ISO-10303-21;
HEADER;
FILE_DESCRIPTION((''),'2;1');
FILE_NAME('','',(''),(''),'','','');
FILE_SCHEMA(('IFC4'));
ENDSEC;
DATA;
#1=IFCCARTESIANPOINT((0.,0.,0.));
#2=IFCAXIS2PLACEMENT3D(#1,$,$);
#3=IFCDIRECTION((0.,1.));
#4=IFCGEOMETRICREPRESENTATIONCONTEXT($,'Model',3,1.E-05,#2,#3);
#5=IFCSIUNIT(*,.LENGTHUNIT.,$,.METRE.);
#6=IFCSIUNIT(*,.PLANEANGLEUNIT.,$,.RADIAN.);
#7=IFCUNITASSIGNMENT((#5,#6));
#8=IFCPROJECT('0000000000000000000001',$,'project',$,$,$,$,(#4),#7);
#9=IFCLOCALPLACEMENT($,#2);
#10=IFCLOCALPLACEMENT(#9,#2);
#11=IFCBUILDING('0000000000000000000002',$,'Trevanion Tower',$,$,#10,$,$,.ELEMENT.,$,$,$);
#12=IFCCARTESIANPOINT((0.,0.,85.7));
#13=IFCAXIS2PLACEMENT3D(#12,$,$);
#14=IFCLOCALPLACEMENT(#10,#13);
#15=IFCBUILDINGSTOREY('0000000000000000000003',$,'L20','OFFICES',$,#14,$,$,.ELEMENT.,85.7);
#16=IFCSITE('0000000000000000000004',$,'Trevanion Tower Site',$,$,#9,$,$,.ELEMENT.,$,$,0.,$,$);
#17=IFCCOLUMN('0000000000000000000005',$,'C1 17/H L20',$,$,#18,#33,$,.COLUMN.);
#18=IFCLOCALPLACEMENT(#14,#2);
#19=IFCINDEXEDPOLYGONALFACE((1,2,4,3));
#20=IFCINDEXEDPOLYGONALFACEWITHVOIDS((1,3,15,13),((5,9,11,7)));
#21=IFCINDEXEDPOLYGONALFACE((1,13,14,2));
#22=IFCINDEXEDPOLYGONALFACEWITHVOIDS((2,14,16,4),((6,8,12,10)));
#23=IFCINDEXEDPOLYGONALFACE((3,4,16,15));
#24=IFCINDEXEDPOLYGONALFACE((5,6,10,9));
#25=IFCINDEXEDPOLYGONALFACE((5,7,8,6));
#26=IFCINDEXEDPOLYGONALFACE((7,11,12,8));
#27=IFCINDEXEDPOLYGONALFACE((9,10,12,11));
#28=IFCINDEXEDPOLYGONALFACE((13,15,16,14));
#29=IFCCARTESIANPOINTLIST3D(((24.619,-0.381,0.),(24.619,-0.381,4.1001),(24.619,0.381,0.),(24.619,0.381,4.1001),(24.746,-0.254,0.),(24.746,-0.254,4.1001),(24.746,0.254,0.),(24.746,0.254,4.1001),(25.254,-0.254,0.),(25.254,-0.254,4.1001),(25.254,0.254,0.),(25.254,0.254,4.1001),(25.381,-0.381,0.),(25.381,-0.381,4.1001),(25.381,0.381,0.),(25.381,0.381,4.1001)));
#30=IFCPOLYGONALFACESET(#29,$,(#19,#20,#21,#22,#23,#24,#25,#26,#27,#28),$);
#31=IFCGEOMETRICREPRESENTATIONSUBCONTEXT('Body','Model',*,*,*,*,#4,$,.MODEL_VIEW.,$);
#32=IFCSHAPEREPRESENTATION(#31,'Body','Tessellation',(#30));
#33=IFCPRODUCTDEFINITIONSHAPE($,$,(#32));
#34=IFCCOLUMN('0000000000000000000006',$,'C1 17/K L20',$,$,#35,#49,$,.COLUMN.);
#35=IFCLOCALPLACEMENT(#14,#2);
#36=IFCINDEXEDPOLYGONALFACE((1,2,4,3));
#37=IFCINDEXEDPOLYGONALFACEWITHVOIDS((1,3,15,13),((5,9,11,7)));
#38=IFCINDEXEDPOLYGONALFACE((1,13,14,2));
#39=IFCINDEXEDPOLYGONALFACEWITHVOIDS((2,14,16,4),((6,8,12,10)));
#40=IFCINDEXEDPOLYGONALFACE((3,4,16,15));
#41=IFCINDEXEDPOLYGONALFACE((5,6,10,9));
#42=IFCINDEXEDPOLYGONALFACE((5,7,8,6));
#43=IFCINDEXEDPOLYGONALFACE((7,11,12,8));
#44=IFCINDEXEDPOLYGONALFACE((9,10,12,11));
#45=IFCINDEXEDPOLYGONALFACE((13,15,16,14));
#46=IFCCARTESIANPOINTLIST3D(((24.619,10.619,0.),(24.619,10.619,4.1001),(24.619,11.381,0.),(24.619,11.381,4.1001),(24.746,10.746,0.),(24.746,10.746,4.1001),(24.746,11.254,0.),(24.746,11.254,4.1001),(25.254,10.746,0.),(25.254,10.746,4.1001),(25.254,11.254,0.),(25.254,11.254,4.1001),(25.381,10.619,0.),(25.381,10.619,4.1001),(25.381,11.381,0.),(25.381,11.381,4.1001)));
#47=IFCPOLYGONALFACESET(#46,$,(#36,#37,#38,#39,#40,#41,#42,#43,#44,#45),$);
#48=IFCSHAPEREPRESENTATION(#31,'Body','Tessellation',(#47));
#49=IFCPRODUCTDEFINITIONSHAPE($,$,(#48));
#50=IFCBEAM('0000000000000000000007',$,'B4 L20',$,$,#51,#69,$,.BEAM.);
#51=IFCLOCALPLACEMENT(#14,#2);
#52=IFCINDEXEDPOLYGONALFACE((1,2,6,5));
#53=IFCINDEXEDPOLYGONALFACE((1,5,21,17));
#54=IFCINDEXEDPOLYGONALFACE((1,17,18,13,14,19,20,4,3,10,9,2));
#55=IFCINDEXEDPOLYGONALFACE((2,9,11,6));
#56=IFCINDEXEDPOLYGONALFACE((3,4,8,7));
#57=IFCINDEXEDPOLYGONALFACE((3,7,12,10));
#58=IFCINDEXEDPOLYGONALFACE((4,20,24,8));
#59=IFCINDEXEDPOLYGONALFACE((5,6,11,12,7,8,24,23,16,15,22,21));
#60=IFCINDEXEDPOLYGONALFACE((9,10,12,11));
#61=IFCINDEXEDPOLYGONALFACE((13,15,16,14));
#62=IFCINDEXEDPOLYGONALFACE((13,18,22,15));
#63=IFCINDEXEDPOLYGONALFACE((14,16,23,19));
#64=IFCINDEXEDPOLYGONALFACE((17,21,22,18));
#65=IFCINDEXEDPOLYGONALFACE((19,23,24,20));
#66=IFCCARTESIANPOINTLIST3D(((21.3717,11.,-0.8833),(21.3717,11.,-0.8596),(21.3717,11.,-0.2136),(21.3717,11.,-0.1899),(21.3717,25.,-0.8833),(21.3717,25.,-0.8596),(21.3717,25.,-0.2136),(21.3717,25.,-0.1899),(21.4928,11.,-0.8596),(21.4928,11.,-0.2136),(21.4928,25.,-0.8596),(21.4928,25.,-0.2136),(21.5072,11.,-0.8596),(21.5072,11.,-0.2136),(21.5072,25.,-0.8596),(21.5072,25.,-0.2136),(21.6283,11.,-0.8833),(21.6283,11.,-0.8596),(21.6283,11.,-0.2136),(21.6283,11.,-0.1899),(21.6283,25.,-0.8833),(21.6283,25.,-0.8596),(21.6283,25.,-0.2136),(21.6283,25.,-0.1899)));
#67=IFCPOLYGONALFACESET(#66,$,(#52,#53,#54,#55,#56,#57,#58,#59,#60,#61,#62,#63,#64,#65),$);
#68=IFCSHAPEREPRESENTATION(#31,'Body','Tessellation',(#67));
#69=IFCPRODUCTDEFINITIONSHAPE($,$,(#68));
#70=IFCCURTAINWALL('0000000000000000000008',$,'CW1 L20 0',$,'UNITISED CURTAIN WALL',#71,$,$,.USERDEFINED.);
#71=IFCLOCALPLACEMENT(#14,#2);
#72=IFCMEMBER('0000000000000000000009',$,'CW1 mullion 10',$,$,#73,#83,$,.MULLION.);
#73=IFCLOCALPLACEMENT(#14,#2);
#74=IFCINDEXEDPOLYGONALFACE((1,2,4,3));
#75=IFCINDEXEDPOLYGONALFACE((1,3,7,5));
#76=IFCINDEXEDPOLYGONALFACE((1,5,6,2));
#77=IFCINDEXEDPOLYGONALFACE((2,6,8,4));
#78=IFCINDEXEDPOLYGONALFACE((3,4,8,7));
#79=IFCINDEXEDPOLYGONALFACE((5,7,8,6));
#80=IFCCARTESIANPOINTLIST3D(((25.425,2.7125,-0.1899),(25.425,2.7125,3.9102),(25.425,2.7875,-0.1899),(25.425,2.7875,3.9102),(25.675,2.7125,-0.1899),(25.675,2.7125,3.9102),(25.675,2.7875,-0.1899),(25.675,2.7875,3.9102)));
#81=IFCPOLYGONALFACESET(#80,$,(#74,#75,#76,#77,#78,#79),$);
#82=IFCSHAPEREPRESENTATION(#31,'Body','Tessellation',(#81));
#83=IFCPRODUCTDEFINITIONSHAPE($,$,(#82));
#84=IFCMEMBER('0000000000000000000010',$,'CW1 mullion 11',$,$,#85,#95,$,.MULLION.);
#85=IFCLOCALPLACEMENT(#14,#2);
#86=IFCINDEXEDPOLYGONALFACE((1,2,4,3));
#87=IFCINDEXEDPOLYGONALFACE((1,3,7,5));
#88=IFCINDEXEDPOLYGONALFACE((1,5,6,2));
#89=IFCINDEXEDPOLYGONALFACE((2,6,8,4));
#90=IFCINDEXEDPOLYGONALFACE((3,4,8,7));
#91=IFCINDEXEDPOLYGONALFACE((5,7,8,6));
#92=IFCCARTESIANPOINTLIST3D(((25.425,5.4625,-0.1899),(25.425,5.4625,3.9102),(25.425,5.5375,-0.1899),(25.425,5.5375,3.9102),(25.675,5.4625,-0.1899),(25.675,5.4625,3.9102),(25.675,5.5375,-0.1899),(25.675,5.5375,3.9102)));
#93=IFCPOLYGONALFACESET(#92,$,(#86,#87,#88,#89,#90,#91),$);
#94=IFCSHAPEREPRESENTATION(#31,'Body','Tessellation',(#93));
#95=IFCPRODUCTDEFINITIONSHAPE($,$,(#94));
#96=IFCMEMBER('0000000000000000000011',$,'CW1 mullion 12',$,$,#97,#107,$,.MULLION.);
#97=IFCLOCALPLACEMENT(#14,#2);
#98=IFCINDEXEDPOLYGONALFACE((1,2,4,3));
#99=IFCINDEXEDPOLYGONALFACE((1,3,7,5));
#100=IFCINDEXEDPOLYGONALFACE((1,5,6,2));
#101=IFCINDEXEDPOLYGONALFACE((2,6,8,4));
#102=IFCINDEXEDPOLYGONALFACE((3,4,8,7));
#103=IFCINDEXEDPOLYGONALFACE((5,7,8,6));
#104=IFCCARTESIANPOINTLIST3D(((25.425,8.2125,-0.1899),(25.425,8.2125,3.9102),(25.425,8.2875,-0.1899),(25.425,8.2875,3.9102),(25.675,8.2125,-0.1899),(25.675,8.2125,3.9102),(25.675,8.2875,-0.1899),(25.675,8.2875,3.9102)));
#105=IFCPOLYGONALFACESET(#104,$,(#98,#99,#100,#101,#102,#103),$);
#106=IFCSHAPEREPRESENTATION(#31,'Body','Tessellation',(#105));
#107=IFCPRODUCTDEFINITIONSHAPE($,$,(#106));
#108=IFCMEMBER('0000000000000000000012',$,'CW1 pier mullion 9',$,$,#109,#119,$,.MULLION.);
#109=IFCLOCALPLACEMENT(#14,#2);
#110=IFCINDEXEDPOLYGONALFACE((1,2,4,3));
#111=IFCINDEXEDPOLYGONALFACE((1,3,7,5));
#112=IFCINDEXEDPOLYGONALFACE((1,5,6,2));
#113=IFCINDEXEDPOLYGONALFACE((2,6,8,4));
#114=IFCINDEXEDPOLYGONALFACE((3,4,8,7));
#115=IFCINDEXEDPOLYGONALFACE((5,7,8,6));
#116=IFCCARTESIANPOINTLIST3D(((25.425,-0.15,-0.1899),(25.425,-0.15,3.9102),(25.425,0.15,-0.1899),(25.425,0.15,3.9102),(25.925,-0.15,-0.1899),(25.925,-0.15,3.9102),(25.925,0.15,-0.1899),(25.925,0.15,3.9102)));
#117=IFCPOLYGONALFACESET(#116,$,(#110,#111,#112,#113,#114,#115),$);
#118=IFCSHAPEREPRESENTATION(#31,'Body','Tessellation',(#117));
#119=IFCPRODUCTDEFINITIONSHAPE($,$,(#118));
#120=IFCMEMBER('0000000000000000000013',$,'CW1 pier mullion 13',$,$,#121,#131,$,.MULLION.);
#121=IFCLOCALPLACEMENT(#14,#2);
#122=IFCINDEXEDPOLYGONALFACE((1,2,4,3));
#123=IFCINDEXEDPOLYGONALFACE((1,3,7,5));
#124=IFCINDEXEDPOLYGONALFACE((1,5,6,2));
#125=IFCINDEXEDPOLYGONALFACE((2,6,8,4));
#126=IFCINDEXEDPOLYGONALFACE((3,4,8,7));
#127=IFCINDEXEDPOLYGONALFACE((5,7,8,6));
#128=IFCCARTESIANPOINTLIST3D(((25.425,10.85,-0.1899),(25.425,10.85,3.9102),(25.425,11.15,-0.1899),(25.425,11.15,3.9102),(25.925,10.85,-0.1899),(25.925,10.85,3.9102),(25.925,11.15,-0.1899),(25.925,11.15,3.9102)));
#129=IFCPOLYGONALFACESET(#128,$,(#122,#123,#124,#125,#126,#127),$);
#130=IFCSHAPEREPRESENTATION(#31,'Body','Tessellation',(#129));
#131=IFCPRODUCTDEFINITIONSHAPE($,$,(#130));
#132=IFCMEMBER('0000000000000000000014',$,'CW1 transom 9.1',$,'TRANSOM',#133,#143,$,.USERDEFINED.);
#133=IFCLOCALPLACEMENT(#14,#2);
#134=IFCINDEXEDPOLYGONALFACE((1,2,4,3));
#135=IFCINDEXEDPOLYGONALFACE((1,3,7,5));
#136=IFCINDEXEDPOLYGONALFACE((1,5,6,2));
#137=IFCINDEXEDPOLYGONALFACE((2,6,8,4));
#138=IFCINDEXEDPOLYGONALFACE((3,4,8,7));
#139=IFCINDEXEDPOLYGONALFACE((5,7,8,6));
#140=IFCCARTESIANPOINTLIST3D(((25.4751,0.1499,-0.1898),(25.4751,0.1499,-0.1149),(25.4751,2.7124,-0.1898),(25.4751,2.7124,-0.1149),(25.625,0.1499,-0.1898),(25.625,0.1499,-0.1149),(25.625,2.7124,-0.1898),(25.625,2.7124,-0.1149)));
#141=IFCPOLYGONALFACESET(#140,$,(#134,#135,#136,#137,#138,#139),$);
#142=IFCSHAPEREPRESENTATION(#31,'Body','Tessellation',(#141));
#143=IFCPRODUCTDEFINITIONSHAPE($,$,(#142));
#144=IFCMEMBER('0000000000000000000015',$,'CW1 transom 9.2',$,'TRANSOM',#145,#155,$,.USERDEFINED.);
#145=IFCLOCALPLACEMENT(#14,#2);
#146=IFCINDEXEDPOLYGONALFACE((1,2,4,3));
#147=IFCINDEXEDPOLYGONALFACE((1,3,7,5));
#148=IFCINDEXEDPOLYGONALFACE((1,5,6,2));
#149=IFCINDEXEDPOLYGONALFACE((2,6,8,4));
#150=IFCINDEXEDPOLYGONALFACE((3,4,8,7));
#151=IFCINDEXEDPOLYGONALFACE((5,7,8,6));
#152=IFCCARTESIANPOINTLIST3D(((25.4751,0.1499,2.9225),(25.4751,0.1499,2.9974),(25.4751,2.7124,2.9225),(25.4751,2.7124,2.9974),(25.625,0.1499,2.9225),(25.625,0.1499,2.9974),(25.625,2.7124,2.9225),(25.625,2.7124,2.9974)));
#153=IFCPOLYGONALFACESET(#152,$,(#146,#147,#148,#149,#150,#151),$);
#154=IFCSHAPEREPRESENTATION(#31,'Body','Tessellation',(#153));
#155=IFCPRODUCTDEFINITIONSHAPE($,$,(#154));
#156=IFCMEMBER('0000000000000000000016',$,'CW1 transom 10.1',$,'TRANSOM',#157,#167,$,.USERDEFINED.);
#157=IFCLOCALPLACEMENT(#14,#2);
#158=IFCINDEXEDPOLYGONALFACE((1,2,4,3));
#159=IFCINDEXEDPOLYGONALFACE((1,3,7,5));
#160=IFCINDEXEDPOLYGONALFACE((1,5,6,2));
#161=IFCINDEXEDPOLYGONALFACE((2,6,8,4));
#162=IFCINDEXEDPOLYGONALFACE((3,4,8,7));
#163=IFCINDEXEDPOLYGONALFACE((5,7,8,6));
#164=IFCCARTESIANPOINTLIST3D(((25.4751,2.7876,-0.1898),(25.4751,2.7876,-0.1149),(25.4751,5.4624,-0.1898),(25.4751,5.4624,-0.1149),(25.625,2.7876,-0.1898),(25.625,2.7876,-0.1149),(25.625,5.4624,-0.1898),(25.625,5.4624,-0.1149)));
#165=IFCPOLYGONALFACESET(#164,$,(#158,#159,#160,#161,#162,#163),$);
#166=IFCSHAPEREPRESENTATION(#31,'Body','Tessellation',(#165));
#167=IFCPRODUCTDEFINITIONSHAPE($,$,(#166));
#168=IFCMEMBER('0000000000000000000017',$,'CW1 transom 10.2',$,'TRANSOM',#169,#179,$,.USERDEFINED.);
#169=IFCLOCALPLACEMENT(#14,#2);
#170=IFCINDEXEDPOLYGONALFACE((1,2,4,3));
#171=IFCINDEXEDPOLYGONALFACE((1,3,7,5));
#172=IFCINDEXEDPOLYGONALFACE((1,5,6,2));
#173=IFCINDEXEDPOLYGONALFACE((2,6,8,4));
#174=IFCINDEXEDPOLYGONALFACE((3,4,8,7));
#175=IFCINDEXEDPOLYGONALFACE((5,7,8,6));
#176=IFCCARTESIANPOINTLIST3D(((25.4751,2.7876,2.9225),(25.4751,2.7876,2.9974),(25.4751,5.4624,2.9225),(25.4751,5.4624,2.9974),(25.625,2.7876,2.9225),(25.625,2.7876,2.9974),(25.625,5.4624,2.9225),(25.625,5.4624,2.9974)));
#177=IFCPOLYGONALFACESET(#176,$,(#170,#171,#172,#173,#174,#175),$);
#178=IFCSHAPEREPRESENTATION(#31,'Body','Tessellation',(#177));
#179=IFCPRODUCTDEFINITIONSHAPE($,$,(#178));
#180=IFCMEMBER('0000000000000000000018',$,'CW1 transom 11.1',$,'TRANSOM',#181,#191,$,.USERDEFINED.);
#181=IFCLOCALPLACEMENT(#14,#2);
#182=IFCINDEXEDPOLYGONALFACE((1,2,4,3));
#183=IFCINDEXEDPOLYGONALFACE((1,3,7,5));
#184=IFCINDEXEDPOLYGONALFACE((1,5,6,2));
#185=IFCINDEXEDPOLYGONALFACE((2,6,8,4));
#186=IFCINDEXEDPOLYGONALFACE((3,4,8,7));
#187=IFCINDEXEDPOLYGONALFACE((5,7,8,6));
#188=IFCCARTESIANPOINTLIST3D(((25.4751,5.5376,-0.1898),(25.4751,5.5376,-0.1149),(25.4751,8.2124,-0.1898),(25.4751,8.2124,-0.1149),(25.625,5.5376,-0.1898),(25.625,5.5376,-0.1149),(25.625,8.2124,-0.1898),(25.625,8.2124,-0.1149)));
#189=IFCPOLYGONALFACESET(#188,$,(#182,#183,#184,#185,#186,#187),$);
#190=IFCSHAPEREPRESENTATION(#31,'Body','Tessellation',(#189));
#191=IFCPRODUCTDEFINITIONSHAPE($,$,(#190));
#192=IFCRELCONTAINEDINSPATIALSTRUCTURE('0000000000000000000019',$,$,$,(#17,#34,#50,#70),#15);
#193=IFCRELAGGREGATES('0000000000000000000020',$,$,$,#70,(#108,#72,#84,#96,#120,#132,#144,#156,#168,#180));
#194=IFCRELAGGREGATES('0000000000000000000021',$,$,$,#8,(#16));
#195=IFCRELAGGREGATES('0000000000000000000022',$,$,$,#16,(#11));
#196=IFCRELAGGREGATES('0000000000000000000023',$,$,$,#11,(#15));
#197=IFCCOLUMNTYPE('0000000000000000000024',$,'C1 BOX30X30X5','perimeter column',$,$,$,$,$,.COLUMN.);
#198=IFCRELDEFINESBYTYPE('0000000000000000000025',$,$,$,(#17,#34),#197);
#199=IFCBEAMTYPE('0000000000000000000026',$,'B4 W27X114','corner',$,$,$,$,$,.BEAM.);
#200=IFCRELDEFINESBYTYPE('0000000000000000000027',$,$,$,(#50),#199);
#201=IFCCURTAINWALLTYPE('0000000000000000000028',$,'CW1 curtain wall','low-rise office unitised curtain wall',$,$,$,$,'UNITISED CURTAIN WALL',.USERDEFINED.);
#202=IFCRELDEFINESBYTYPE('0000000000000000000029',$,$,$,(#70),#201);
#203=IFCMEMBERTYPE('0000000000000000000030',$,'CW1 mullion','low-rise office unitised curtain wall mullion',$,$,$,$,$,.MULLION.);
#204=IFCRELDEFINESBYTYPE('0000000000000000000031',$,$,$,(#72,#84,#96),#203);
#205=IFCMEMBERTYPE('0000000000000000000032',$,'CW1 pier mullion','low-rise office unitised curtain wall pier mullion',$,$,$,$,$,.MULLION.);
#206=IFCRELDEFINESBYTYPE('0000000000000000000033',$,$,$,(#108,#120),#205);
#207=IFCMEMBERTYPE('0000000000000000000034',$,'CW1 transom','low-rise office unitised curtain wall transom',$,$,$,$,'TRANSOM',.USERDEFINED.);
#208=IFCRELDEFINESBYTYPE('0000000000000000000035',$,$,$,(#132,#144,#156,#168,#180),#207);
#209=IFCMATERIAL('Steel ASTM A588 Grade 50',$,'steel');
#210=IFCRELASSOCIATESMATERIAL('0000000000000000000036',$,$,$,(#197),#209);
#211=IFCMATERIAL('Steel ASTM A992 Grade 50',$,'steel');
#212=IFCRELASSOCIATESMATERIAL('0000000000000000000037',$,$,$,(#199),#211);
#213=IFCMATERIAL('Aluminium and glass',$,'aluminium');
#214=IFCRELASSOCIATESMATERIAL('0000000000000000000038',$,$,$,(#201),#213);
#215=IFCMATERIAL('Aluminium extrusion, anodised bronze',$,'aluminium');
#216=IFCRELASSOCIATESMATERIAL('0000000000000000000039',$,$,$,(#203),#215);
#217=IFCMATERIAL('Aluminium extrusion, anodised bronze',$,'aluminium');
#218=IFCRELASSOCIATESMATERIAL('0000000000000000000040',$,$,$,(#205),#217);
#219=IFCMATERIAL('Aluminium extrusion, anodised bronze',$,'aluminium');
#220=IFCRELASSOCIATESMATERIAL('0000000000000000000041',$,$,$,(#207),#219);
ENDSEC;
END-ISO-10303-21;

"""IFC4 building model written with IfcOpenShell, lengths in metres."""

from ifc_helpers import new_model, si_unit, direction, frame, origin, origin_2d, place, context, subcontext, project, spatial, rectangle, hollow_rectangle, i_section, extrude, material, material_profile, profile_set, type_object, element, aggregate, save


model = new_model("IFC4")

# Units and contexts
model_context = context("Model", 3, precision=1e-05, world=origin(), true_north=direction((0.0, 1.0)))
body_context = subcontext(model_context, "Body", "Model", "MODEL_VIEW")
ifc_project = project(units=[si_unit("LENGTHUNIT", "METRE"), si_unit("PLANEANGLEUNIT", "RADIAN")], contexts=[model_context])

# Site, building, storey
site_placement = place(None, origin())
site = spatial("IfcSite", under=ifc_project, at=site_placement, Name="Trevanion Tower Site", CompositionType="ELEMENT", RefElevation=0.0)
building_placement = place(site_placement, origin())
building = spatial("IfcBuilding", under=site, at=building_placement, Name="Trevanion Tower", CompositionType="ELEMENT")
storey_placement = place(building_placement, frame((0.0, 0.0, 85.7)))
storey = spatial("IfcBuildingStorey", under=building, at=storey_placement, Name="L20", Description="OFFICES", CompositionType="ELEMENT", Elevation=85.7)

# Columns
ifc_material_1 = material(Name="Steel ASTM A588 Grade 50", Category="steel")
ifc_material_profile_1 = material_profile(ifc_material_1, hollow_rectangle(XDim=0.762, YDim=0.762, WallThickness=0.127, at=origin_2d()), Name="BOX30X30X5")
ifc_profile_set_1 = profile_set([ifc_material_profile_1], Name="Steel ASTM A588 Grade 50")
column_type = type_object("IfcColumnType", Name="C1 BOX30X30X5", Description="perimeter column", PredefinedType="COLUMN", material=ifc_profile_set_1)
for number, where, z_axis, x_axis, name in (
    (1, (25.0, 0.0, 0.0), (0.0, 0.0, 1.0), (0.0, 1.0, 0.0), "C1 17/H L20"),
    (2, (25.0, 11.0, 0.0), (0.0, 0.0, 1.0), (0.0, 1.0, 0.0), "C1 17/K L20"),
):
    element("IfcColumn", number, at=place(storey_placement, frame(where, z_axis=z_axis, x_axis=x_axis)), inside=storey, type_object=column_type, Name=name, PredefinedType="COLUMN", context=body_context, shape_type="SweptSolid", body=[
        extrude(hollow_rectangle(XDim=0.762, YDim=0.762, WallThickness=0.127, at=origin_2d()), origin(), (0.0, 0.0, 1.0), 4.1001),
    ])

# Beam
ifc_material_2 = material(Name="Steel ASTM A992 Grade 50", Category="steel")
ifc_material_profile_2 = material_profile(ifc_material_2, i_section(OverallWidth=0.2566, OverallDepth=0.6934, WebThickness=0.0144, FlangeThickness=0.0237, at=origin_2d()), Name="W27X114")
ifc_profile_set_2 = profile_set([ifc_material_profile_2], Name="Steel ASTM A992 Grade 50")
beam_type_1 = type_object("IfcBeamType", Name="B4 W27X114", Description="corner", PredefinedType="BEAM", material=ifc_profile_set_2)
beam_1_placement = place(storey_placement, frame((21.5, 11.0, -0.5366), z_axis=(0.0, 1.0, 0.0), x_axis=(-1.0, 0.0, 0.0)))
element("IfcBeam", 3, at=beam_1_placement, inside=storey, type_object=beam_type_1, Name="B4 L20", PredefinedType="BEAM", context=body_context, shape_type="SweptSolid", body=[
    extrude(i_section(OverallWidth=0.2566, OverallDepth=0.6934, WebThickness=0.0144, FlangeThickness=0.0237, at=origin_2d()), origin(), (0.0, 0.0, 1.0), 14.0),
])

# Curtain wall, members
ifc_material_3 = material(Name="Aluminium and glass", Category="aluminium")
curtain_wall_type = type_object("IfcCurtainWallType", Name="CW1 curtain wall", Description="low-rise office unitised curtain wall", ElementType="UNITISED CURTAIN WALL", PredefinedType="USERDEFINED", material=ifc_material_3)
curtain_wall_placement = place(storey_placement, origin())
curtain_wall = element("IfcCurtainWall", 4, at=curtain_wall_placement, inside=storey, type_object=curtain_wall_type, Name="CW1 L20 0", ObjectType="UNITISED CURTAIN WALL", PredefinedType="USERDEFINED")
ifc_material_4 = material(Name="Aluminium extrusion, anodised bronze", Category="aluminium")
ifc_material_profile_3 = material_profile(ifc_material_4, rectangle(XDim=0.075, YDim=0.25, at=origin_2d()), Name="CW1 mullion")
ifc_profile_set_3 = profile_set([ifc_material_profile_3], Name="Aluminium extrusion, anodised bronze")
member_type_1 = type_object("IfcMemberType", Name="CW1 mullion", Description="low-rise office unitised curtain wall mullion", PredefinedType="MULLION", material=ifc_profile_set_3)
member_1_placement = place(storey_placement, frame((25.55, 2.75, -0.1899), z_axis=(0.0, 0.0, 1.0), x_axis=(0.0, 1.0, 0.0)))
member_1 = element("IfcMember", 5, at=member_1_placement, type_object=member_type_1, Name="CW1 mullion 10", PredefinedType="MULLION", context=body_context, shape_type="SweptSolid", body=[
    extrude(rectangle(XDim=0.075, YDim=0.25, at=origin_2d()), origin(), (0.0, 0.0, 1.0), 4.1001),
])
member_2_placement = place(storey_placement, frame((25.55, 5.5, -0.1899), z_axis=(0.0, 0.0, 1.0), x_axis=(0.0, 1.0, 0.0)))
member_2 = element("IfcMember", 6, at=member_2_placement, type_object=member_type_1, Name="CW1 mullion 11", PredefinedType="MULLION", context=body_context, shape_type="SweptSolid", body=[
    extrude(rectangle(XDim=0.075, YDim=0.25, at=origin_2d()), origin(), (0.0, 0.0, 1.0), 4.1001),
])
member_3_placement = place(storey_placement, frame((25.55, 8.25, -0.1899), z_axis=(0.0, 0.0, 1.0), x_axis=(0.0, 1.0, 0.0)))
member_3 = element("IfcMember", 7, at=member_3_placement, type_object=member_type_1, Name="CW1 mullion 12", PredefinedType="MULLION", context=body_context, shape_type="SweptSolid", body=[
    extrude(rectangle(XDim=0.075, YDim=0.25, at=origin_2d()), origin(), (0.0, 0.0, 1.0), 4.1001),
])
ifc_material_5 = material(Name="Aluminium extrusion, anodised bronze", Category="aluminium")
ifc_material_profile_4 = material_profile(ifc_material_5, rectangle(XDim=0.3, YDim=0.5, at=origin_2d()), Name="CW1 pier mullion")
ifc_profile_set_4 = profile_set([ifc_material_profile_4], Name="Aluminium extrusion, anodised bronze")
member_type_2 = type_object("IfcMemberType", Name="CW1 pier mullion", Description="low-rise office unitised curtain wall pier mullion", PredefinedType="MULLION", material=ifc_profile_set_4)
member_4_placement = place(storey_placement, frame((25.675, 0.0, -0.1899), z_axis=(0.0, 0.0, 1.0), x_axis=(0.0, 1.0, 0.0)))
member_4 = element("IfcMember", 8, at=member_4_placement, type_object=member_type_2, Name="CW1 pier mullion 9", PredefinedType="MULLION", context=body_context, shape_type="SweptSolid", body=[
    extrude(rectangle(XDim=0.3, YDim=0.5, at=origin_2d()), origin(), (0.0, 0.0, 1.0), 4.1001),
])
member_5_placement = place(storey_placement, frame((25.675, 11.0, -0.1899), z_axis=(0.0, 0.0, 1.0), x_axis=(0.0, 1.0, 0.0)))
member_5 = element("IfcMember", 9, at=member_5_placement, type_object=member_type_2, Name="CW1 pier mullion 13", PredefinedType="MULLION", context=body_context, shape_type="SweptSolid", body=[
    extrude(rectangle(XDim=0.3, YDim=0.5, at=origin_2d()), origin(), (0.0, 0.0, 1.0), 4.1001),
])
ifc_material_6 = material(Name="Aluminium extrusion, anodised bronze", Category="aluminium")
ifc_material_profile_5 = material_profile(ifc_material_6, rectangle(XDim=0.1499, YDim=0.075, at=origin_2d()), Name="CW1 transom")
ifc_profile_set_5 = profile_set([ifc_material_profile_5], Name="Aluminium extrusion, anodised bronze")
member_type_3 = type_object("IfcMemberType", Name="CW1 transom", Description="low-rise office unitised curtain wall transom", ElementType="TRANSOM", PredefinedType="USERDEFINED", material=ifc_profile_set_5)
member_6_placement = place(storey_placement, frame((25.55, 0.1499, -0.1523), z_axis=(0.0, 1.0, 0.0), x_axis=(-1.0, 0.0, 0.0)))
member_6 = element("IfcMember", 10, at=member_6_placement, type_object=member_type_3, Name="CW1 transom 9.1", ObjectType="TRANSOM", PredefinedType="USERDEFINED", context=body_context, shape_type="SweptSolid", body=[
    extrude(rectangle(XDim=0.1499, YDim=0.075, at=origin_2d()), origin(), (0.0, 0.0, 1.0), 2.5625),
])
member_7_placement = place(storey_placement, frame((25.55, 0.1499, 2.96), z_axis=(0.0, 1.0, 0.0), x_axis=(-1.0, 0.0, 0.0)))
member_7 = element("IfcMember", 11, at=member_7_placement, type_object=member_type_3, Name="CW1 transom 9.2", ObjectType="TRANSOM", PredefinedType="USERDEFINED", context=body_context, shape_type="SweptSolid", body=[
    extrude(rectangle(XDim=0.1499, YDim=0.075, at=origin_2d()), origin(), (0.0, 0.0, 1.0), 2.5625),
])
member_8_placement = place(storey_placement, frame((25.55, 2.7876, -0.1523), z_axis=(0.0, 1.0, 0.0), x_axis=(-1.0, 0.0, 0.0)))
member_8 = element("IfcMember", 12, at=member_8_placement, type_object=member_type_3, Name="CW1 transom 10.1", ObjectType="TRANSOM", PredefinedType="USERDEFINED", context=body_context, shape_type="SweptSolid", body=[
    extrude(rectangle(XDim=0.1499, YDim=0.075, at=origin_2d()), origin(), (0.0, 0.0, 1.0), 2.6748),
])
member_9_placement = place(storey_placement, frame((25.55, 2.7876, 2.96), z_axis=(0.0, 1.0, 0.0), x_axis=(-1.0, 0.0, 0.0)))
member_9 = element("IfcMember", 13, at=member_9_placement, type_object=member_type_3, Name="CW1 transom 10.2", ObjectType="TRANSOM", PredefinedType="USERDEFINED", context=body_context, shape_type="SweptSolid", body=[
    extrude(rectangle(XDim=0.1499, YDim=0.075, at=origin_2d()), origin(), (0.0, 0.0, 1.0), 2.6748),
])
member_10_placement = place(storey_placement, frame((25.55, 5.5376, -0.1523), z_axis=(0.0, 1.0, 0.0), x_axis=(-1.0, 0.0, 0.0)))
member_10 = element("IfcMember", 14, at=member_10_placement, type_object=member_type_3, Name="CW1 transom 11.1", ObjectType="TRANSOM", PredefinedType="USERDEFINED", context=body_context, shape_type="SweptSolid", body=[
    extrude(rectangle(XDim=0.1499, YDim=0.075, at=origin_2d()), origin(), (0.0, 0.0, 1.0), 2.6748),
])

aggregate(curtain_wall, [member_4, member_1, member_2, member_3, member_5, member_6, member_7, member_8, member_9, member_10])

save(model, "model.ifc")
